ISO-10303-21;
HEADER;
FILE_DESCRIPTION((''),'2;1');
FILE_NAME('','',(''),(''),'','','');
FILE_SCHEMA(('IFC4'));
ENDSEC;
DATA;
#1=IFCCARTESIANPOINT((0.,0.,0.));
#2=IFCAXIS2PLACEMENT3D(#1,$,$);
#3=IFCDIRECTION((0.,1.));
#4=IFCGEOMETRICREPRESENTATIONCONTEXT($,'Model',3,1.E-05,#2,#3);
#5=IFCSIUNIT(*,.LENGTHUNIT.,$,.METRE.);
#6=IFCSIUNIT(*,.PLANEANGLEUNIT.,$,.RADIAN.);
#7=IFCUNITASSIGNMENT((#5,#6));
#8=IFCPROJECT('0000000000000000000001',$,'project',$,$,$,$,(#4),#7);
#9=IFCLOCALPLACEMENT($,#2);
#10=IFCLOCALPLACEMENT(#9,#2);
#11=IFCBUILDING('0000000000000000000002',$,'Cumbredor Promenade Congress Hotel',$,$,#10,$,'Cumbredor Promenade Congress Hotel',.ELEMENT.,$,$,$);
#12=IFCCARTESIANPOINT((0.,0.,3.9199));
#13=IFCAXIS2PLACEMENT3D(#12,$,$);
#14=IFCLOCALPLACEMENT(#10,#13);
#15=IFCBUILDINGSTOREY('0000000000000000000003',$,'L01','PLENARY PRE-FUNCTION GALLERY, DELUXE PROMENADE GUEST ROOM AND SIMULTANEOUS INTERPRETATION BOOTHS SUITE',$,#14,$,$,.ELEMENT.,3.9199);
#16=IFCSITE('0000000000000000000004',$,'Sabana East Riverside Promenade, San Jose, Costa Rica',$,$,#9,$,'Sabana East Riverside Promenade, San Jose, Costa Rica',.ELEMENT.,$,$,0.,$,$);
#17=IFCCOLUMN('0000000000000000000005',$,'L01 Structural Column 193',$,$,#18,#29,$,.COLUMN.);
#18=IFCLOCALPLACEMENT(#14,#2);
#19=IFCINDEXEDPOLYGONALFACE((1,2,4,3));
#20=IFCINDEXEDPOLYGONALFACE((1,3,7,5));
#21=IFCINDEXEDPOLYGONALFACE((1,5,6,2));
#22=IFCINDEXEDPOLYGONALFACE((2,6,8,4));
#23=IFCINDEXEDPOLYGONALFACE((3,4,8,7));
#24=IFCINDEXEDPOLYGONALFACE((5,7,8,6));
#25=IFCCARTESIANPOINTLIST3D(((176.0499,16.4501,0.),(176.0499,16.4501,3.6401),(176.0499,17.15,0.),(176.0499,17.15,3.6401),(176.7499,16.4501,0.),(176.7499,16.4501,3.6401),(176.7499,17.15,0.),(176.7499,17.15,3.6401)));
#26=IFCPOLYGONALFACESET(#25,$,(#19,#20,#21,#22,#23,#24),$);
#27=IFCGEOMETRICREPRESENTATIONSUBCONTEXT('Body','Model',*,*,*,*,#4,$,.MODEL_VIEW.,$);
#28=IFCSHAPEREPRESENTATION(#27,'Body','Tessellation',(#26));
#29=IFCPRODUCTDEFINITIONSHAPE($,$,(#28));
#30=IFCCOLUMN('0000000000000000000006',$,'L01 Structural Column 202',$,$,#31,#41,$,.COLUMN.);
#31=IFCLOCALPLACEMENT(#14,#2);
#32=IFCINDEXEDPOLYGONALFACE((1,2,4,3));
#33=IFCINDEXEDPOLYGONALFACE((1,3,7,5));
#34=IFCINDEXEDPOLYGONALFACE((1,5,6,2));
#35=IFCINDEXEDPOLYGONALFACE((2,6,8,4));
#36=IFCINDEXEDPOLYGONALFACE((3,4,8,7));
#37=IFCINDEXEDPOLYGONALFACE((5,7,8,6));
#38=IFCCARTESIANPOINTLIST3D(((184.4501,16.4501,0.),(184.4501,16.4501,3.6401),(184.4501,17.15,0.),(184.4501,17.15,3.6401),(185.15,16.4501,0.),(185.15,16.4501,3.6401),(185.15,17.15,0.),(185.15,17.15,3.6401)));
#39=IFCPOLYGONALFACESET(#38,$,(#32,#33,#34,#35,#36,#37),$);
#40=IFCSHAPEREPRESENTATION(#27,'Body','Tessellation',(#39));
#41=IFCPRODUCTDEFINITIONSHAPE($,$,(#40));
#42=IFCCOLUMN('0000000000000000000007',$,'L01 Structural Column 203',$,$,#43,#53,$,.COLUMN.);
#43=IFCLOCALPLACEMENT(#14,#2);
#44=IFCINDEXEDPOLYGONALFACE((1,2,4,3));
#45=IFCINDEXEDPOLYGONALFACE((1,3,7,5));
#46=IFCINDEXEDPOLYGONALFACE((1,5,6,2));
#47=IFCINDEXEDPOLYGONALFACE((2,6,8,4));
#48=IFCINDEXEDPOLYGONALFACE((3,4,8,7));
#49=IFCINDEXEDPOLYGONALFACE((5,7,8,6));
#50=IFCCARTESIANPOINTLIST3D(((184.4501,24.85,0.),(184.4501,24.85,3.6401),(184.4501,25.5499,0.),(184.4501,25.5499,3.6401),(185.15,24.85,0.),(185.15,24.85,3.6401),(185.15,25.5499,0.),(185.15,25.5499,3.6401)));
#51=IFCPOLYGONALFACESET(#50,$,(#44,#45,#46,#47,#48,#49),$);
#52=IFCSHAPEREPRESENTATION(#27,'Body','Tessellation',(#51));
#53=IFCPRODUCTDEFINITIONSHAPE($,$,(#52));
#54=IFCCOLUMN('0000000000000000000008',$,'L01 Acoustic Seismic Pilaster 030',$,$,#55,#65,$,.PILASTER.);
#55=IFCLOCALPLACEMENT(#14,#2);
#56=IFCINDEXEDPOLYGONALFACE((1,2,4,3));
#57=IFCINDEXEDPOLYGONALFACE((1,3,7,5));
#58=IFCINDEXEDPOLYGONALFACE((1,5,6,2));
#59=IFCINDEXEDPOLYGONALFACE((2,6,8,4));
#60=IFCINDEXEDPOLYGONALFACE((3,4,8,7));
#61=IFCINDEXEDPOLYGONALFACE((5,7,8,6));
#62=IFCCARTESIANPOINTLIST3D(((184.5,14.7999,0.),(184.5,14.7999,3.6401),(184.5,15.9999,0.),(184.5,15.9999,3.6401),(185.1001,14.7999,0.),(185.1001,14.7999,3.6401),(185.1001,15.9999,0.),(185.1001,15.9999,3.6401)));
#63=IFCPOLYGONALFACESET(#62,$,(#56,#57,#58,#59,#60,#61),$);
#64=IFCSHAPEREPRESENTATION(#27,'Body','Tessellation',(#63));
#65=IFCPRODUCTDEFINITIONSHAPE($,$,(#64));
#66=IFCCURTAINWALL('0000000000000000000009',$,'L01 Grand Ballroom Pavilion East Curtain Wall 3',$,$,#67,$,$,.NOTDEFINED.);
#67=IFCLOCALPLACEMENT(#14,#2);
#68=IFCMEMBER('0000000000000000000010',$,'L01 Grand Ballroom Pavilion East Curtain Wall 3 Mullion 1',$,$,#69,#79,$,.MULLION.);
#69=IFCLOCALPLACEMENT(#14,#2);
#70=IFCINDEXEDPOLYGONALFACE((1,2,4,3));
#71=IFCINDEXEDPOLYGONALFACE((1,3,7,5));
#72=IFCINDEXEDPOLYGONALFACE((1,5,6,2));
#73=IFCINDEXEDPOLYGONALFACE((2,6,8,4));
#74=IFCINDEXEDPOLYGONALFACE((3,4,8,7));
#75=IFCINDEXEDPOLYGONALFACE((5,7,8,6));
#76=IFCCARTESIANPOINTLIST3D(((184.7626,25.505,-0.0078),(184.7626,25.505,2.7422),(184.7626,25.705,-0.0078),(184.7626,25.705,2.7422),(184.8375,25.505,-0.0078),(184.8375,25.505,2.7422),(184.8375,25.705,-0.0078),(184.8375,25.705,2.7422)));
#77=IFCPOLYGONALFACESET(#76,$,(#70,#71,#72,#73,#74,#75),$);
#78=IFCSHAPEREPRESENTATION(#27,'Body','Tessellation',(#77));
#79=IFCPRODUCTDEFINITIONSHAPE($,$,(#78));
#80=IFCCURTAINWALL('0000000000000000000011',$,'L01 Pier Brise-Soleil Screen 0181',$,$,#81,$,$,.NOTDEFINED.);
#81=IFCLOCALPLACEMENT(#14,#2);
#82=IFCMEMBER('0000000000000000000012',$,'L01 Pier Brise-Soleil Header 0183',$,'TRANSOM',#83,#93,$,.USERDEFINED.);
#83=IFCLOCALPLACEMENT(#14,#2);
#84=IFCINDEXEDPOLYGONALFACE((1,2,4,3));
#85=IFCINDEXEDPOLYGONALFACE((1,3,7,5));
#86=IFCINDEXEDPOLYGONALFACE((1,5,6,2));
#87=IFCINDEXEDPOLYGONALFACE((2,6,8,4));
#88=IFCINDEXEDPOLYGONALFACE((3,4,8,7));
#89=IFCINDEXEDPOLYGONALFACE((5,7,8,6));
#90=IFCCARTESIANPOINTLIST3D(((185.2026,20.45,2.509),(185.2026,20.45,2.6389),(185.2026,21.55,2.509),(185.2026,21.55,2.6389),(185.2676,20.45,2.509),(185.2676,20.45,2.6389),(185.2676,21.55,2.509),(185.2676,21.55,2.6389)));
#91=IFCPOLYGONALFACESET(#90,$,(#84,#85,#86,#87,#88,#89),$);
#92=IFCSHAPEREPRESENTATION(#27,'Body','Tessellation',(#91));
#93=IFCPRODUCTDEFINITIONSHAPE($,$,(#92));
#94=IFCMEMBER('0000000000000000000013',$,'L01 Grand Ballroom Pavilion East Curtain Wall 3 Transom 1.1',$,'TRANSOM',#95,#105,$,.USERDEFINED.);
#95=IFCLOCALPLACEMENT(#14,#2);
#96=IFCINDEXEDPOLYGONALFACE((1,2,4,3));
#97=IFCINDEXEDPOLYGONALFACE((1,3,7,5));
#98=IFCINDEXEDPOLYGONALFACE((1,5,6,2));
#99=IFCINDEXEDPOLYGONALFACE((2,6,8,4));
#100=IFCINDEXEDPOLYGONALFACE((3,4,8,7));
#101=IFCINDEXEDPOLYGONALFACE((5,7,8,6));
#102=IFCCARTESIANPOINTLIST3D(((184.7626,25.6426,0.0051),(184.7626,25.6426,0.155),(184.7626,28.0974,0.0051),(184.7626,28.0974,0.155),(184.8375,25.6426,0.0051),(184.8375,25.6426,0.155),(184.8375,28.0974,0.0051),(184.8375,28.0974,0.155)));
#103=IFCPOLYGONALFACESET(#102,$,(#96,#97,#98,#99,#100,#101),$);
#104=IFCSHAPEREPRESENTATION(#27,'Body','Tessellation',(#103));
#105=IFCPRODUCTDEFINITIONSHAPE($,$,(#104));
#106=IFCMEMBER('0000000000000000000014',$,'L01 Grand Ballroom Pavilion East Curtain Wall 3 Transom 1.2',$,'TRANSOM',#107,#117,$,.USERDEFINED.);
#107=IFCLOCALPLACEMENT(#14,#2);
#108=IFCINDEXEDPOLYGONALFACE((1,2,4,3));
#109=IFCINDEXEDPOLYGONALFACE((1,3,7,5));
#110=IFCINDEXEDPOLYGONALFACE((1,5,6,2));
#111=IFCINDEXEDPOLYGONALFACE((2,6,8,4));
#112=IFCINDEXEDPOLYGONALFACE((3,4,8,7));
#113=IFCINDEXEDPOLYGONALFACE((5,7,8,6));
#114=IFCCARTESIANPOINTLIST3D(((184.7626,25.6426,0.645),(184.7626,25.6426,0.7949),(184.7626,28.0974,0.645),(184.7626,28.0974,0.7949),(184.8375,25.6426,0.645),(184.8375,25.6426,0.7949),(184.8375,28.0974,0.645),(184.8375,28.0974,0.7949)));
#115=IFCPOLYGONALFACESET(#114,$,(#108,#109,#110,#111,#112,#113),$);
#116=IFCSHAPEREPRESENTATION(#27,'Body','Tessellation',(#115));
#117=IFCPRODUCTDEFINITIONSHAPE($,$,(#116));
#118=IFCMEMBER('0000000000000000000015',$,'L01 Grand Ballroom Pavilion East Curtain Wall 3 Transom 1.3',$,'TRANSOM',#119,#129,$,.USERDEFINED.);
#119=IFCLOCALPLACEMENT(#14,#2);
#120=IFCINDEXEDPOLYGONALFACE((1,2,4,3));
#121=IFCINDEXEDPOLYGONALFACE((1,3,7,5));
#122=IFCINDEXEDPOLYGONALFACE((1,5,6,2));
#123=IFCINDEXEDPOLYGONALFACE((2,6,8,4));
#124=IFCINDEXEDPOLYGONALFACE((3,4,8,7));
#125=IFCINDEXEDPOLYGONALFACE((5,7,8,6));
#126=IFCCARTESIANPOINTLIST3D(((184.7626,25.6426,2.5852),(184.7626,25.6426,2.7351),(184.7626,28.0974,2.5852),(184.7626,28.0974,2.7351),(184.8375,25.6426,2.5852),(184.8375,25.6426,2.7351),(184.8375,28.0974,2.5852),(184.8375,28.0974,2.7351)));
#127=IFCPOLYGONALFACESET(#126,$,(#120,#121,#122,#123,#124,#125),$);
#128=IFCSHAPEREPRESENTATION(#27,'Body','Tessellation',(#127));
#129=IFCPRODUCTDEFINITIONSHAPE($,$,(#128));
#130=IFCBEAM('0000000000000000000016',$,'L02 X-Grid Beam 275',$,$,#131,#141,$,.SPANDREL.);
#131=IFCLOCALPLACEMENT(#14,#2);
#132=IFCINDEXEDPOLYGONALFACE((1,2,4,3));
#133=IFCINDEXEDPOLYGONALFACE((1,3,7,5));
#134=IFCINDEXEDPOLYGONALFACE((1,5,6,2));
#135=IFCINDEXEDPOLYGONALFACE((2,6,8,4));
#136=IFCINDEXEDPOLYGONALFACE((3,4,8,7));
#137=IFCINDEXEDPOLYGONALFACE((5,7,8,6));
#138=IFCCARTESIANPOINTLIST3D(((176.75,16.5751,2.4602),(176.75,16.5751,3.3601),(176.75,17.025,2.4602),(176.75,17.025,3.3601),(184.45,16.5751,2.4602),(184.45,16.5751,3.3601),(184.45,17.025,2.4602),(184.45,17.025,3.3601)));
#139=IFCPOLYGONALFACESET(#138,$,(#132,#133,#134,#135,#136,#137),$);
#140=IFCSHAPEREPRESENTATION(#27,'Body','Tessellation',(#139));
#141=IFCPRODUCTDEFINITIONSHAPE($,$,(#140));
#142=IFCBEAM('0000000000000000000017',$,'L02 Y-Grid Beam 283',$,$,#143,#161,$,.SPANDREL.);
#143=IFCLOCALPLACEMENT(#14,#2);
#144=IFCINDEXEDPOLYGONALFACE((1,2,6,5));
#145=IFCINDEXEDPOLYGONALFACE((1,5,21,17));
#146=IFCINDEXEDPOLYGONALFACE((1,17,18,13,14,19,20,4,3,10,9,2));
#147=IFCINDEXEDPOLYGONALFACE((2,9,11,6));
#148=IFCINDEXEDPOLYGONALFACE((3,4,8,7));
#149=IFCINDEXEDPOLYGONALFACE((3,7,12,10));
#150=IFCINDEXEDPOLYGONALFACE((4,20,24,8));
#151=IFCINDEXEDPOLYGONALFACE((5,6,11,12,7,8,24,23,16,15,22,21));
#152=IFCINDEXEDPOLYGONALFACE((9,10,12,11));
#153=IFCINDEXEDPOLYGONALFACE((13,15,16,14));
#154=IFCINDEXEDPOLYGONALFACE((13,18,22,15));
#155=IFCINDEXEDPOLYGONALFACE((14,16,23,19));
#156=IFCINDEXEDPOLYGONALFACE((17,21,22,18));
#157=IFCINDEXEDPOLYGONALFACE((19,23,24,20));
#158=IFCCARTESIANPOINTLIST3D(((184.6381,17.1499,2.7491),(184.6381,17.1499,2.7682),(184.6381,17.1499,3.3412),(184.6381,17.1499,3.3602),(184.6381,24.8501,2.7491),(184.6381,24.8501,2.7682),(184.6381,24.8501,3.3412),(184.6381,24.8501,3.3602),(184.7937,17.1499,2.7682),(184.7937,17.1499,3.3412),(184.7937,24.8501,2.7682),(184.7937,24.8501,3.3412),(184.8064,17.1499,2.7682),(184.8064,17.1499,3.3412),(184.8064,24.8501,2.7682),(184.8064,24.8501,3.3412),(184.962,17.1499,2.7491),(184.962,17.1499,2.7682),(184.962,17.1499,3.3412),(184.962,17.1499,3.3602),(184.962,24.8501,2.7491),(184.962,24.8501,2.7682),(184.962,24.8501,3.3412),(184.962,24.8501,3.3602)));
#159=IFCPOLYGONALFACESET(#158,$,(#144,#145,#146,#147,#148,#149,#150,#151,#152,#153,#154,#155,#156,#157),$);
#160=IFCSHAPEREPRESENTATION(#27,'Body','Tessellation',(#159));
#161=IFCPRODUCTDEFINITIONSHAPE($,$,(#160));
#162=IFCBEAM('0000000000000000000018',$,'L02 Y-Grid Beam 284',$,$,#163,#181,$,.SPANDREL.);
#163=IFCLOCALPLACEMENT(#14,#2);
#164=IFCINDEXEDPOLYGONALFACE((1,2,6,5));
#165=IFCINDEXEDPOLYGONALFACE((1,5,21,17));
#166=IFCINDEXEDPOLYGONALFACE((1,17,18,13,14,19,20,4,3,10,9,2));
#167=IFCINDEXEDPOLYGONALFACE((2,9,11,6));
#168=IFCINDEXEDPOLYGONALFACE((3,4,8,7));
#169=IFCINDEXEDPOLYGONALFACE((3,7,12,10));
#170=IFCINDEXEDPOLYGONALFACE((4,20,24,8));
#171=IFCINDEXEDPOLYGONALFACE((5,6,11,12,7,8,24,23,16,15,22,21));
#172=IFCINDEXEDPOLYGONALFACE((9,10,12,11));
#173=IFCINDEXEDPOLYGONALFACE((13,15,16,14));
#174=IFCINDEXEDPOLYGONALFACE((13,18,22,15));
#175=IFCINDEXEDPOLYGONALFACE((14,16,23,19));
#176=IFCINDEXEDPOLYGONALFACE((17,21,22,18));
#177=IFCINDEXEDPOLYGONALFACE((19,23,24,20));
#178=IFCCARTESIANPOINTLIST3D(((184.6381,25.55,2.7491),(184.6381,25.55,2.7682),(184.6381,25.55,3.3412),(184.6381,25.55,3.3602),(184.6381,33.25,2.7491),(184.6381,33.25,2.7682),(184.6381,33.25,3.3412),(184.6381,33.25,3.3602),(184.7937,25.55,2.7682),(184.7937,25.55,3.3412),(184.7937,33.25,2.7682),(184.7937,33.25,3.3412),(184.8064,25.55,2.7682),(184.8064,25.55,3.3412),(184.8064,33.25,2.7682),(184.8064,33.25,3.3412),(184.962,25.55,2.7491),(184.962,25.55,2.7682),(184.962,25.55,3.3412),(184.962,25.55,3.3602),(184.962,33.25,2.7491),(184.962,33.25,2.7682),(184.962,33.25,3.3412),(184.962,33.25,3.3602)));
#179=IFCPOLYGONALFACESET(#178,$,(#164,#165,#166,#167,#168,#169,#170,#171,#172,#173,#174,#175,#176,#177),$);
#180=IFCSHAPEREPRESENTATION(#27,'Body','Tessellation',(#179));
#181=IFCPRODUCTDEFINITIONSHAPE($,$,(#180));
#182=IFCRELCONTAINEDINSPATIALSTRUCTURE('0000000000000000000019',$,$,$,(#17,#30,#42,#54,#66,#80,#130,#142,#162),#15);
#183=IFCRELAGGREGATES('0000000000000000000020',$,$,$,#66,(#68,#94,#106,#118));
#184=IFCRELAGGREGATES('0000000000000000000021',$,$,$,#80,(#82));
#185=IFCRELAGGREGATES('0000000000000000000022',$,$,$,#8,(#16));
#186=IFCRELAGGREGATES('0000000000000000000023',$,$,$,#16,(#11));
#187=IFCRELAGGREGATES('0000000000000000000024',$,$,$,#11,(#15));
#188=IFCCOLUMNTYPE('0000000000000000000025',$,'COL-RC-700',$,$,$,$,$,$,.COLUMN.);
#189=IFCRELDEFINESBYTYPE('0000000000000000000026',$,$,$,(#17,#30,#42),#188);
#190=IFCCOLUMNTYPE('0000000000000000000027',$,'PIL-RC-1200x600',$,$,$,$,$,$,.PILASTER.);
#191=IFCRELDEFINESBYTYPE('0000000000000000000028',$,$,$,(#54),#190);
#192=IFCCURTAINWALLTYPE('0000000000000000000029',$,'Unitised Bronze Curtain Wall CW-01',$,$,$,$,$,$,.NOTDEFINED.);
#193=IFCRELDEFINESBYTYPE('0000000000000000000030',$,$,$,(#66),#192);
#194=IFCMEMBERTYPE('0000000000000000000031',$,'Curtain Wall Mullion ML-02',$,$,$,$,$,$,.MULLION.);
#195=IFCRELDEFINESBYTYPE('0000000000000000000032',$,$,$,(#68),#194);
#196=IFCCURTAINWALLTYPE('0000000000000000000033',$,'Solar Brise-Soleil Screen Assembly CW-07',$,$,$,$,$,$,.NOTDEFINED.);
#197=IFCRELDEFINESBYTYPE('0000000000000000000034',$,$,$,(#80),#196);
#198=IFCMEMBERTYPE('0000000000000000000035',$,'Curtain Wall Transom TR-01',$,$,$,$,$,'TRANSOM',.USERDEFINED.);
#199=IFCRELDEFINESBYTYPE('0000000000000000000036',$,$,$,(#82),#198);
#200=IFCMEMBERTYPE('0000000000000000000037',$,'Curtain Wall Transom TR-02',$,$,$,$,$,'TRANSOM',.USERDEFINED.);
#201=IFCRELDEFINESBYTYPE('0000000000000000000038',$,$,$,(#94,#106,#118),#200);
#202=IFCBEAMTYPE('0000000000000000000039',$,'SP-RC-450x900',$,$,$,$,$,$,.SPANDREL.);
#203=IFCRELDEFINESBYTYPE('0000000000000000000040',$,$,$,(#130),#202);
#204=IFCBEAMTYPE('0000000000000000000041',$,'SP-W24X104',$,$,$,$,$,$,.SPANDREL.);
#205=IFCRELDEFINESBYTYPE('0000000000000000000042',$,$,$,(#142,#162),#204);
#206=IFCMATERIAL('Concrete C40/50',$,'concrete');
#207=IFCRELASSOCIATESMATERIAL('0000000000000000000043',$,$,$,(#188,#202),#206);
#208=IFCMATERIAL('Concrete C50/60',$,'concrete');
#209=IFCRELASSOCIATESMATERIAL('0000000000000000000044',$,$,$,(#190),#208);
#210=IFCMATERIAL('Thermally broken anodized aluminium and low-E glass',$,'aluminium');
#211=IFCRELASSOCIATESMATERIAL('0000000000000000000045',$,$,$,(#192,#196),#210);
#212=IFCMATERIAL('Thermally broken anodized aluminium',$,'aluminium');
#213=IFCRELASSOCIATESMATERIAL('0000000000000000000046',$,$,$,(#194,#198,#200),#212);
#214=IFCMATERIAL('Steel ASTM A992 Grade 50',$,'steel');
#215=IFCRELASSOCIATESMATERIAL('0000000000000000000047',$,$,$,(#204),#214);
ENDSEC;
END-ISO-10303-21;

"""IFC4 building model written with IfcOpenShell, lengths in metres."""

from ifc_helpers import new_model, si_unit, direction, frame, origin, origin_2d, place, context, subcontext, project, spatial, rectangle, i_section, extrude, material, material_profile, profile_set, type_object, element, aggregate, save


model = new_model("IFC4")

# Units and contexts
model_context = context("Model", 3, precision=1e-05, world=origin(), true_north=direction((0.0, 1.0)))
body_context = subcontext(model_context, "Body", "Model", "MODEL_VIEW")
ifc_project = project(units=[si_unit("LENGTHUNIT", "METRE"), si_unit("PLANEANGLEUNIT", "RADIAN")], contexts=[model_context])

# Site, building, storey
site_placement = place(None, origin())
site = spatial("IfcSite", under=ifc_project, at=site_placement, Name="Sabana East Riverside Promenade, San Jose, Costa Rica", LongName="Sabana East Riverside Promenade, San Jose, Costa Rica", CompositionType="ELEMENT", RefElevation=0.0)
building_placement = place(site_placement, origin())
building = spatial("IfcBuilding", under=site, at=building_placement, Name="Cumbredor Promenade Congress Hotel", LongName="Cumbredor Promenade Congress Hotel", CompositionType="ELEMENT")
storey_placement = place(building_placement, frame((0.0, 0.0, 3.9199)))
storey = spatial("IfcBuildingStorey", under=building, at=storey_placement, Name="L01", Description="PLENARY PRE-FUNCTION GALLERY, DELUXE PROMENADE GUEST ROOM AND SIMULTANEOUS INTERPRETATION BOOTHS SUITE", CompositionType="ELEMENT", Elevation=3.9199)

# Columns
ifc_material_1 = material(Name="Concrete C40/50", Category="concrete")
ifc_material_profile_1 = material_profile(ifc_material_1, rectangle(XDim=0.7, YDim=0.7, at=origin_2d()), Name="RC 700x700")
ifc_profile_set_1 = profile_set([ifc_material_profile_1], Name="Concrete C40/50")
column_type_1 = type_object("IfcColumnType", Name="COL-RC-700", PredefinedType="COLUMN", material=ifc_profile_set_1)
for number, where, z_axis, x_axis, name in (
    (1, (176.3999, 16.8, 0.0), (0.0, 0.0, 1.0), (1.0, 0.0, 0.0), "L01 Structural Column 193"),
    (2, (184.8, 16.8, 0.0), (0.0, 0.0, 1.0), (1.0, 0.0, 0.0), "L01 Structural Column 202"),
    (3, (184.8, 25.2, 0.0), (0.0, 0.0, 1.0), (1.0, 0.0, 0.0), "L01 Structural Column 203"),
):
    element("IfcColumn", number, at=place(storey_placement, frame(where, z_axis=z_axis, x_axis=x_axis)), inside=storey, type_object=column_type_1, Name=name, PredefinedType="COLUMN", context=body_context, shape_type="SweptSolid", body=[
        extrude(rectangle(XDim=0.7, YDim=0.7, at=origin_2d()), origin(), (0.0, 0.0, 1.0), 3.6401),
    ])
ifc_material_2 = material(Name="Concrete C50/60", Category="concrete")
ifc_material_profile_2 = material_profile(ifc_material_2, rectangle(XDim=0.6001, YDim=1.2, at=origin_2d()), Name="RC PILASTER 1200x600")
ifc_profile_set_2 = profile_set([ifc_material_profile_2], Name="Concrete C50/60")
column_type_2 = type_object("IfcColumnType", Name="PIL-RC-1200x600", PredefinedType="PILASTER", material=ifc_profile_set_2)
column_placement = place(storey_placement, frame((184.8, 15.3999, 0.0), z_axis=(0.0, 0.0, 1.0), x_axis=(1.0, 0.0, 0.0)))
element("IfcColumn", 4, at=column_placement, inside=storey, type_object=column_type_2, Name="L01 Acoustic Seismic Pilaster 030", PredefinedType="PILASTER", context=body_context, shape_type="SweptSolid", body=[
    extrude(rectangle(XDim=0.6001, YDim=1.2, at=origin_2d()), origin(), (0.0, 0.0, 1.0), 3.6401),
])

# Curtain walls, members
ifc_material_3 = material(Name="Thermally broken anodized aluminium and low-E glass", Category="aluminium")
curtain_wall_type_1 = type_object("IfcCurtainWallType", Name="Unitised Bronze Curtain Wall CW-01", PredefinedType="NOTDEFINED", material=ifc_material_3)
curtain_wall_1_placement = place(storey_placement, origin())
curtain_wall_1 = element("IfcCurtainWall", 5, at=curtain_wall_1_placement, inside=storey, type_object=curtain_wall_type_1, Name="L01 Grand Ballroom Pavilion East Curtain Wall 3", PredefinedType="NOTDEFINED")
ifc_material_4 = material(Name="Thermally broken anodized aluminium", Category="aluminium")
ifc_material_profile_3 = material_profile(ifc_material_4, rectangle(XDim=0.075, YDim=0.2, at=origin_2d()), Name="ALU MULLION 75x200")
ifc_profile_set_3 = profile_set([ifc_material_profile_3], Name="Thermally broken anodized aluminium")
member_type_1 = type_object("IfcMemberType", Name="Curtain Wall Mullion ML-02", PredefinedType="MULLION", material=ifc_profile_set_3)
member_1_placement = place(storey_placement, frame((184.8, 25.605, -0.0078), z_axis=(0.0, 0.0, 1.0), x_axis=(1.0, 0.0, 0.0)))
member_1 = element("IfcMember", 6, at=member_1_placement, type_object=member_type_1, Name="L01 Grand Ballroom Pavilion East Curtain Wall 3 Mullion 1", PredefinedType="MULLION", context=body_context, shape_type="SweptSolid", body=[
    extrude(rectangle(XDim=0.075, YDim=0.2, at=origin_2d()), origin(), (0.0, 0.0, 1.0), 2.75),
])
curtain_wall_type_2 = type_object("IfcCurtainWallType", Name="Solar Brise-Soleil Screen Assembly CW-07", PredefinedType="NOTDEFINED", material=ifc_material_3)
curtain_wall_2_placement = place(storey_placement, origin())
curtain_wall_2 = element("IfcCurtainWall", 7, at=curtain_wall_2_placement, inside=storey, type_object=curtain_wall_type_2, Name="L01 Pier Brise-Soleil Screen 0181", PredefinedType="NOTDEFINED")
ifc_material_profile_4 = material_profile(ifc_material_4, rectangle(XDim=0.0649, YDim=0.1299, at=origin_2d()), Name="ALU TRANSOM 65x130")
ifc_profile_set_4 = profile_set([ifc_material_profile_4], Name="Thermally broken anodized aluminium")
member_type_2 = type_object("IfcMemberType", Name="Curtain Wall Transom TR-01", ElementType="TRANSOM", PredefinedType="USERDEFINED", material=ifc_profile_set_4)
member_2_placement = place(storey_placement, frame((185.2351, 20.45, 2.574), z_axis=(0.0, 1.0, 0.0), x_axis=(-1.0, 0.0, 0.0)))
member_2 = element("IfcMember", 8, at=member_2_placement, type_object=member_type_2, Name="L01 Pier Brise-Soleil Header 0183", ObjectType="TRANSOM", PredefinedType="USERDEFINED", context=body_context, shape_type="SweptSolid", body=[
    extrude(rectangle(XDim=0.0649, YDim=0.1299, at=origin_2d()), origin(), (0.0, 0.0, 1.0), 1.1001),
])

# Members
ifc_material_profile_5 = material_profile(ifc_material_4, rectangle(XDim=0.075, YDim=0.1499, at=origin_2d()), Name="ALU TRANSOM 75x150")
ifc_profile_set_5 = profile_set([ifc_material_profile_5], Name="Thermally broken anodized aluminium")
member_type_3 = type_object("IfcMemberType", Name="Curtain Wall Transom TR-02", ElementType="TRANSOM", PredefinedType="USERDEFINED", material=ifc_profile_set_5)
member_3_placement = place(storey_placement, frame((184.8, 25.6426, 0.0801), z_axis=(0.0, 1.0, 0.0), x_axis=(-1.0, 0.0, 0.0)))
member_3 = element("IfcMember", 9, at=member_3_placement, type_object=member_type_3, Name="L01 Grand Ballroom Pavilion East Curtain Wall 3 Transom 1.1", ObjectType="TRANSOM", PredefinedType="USERDEFINED", context=body_context, shape_type="SweptSolid", body=[
    extrude(rectangle(XDim=0.075, YDim=0.1499, at=origin_2d()), origin(), (0.0, 0.0, 1.0), 2.4548),
])
member_4_placement = place(storey_placement, frame((184.8, 25.6426, 0.72), z_axis=(0.0, 1.0, 0.0), x_axis=(-1.0, 0.0, 0.0)))
member_4 = element("IfcMember", 10, at=member_4_placement, type_object=member_type_3, Name="L01 Grand Ballroom Pavilion East Curtain Wall 3 Transom 1.2", ObjectType="TRANSOM", PredefinedType="USERDEFINED", context=body_context, shape_type="SweptSolid", body=[
    extrude(rectangle(XDim=0.075, YDim=0.1499, at=origin_2d()), origin(), (0.0, 0.0, 1.0), 2.4548),
])
member_5_placement = place(storey_placement, frame((184.8, 25.6426, 2.6602), z_axis=(0.0, 1.0, 0.0), x_axis=(-1.0, 0.0, 0.0)))
member_5 = element("IfcMember", 11, at=member_5_placement, type_object=member_type_3, Name="L01 Grand Ballroom Pavilion East Curtain Wall 3 Transom 1.3", ObjectType="TRANSOM", PredefinedType="USERDEFINED", context=body_context, shape_type="SweptSolid", body=[
    extrude(rectangle(XDim=0.075, YDim=0.1499, at=origin_2d()), origin(), (0.0, 0.0, 1.0), 2.4548),
])
aggregate(curtain_wall_1, [member_1, member_3, member_4, member_5])

# Beams
ifc_material_profile_6 = material_profile(ifc_material_1, rectangle(XDim=0.45, YDim=0.8999, at=origin_2d()), Name="RC SPANDREL 450x900")
ifc_profile_set_6 = profile_set([ifc_material_profile_6], Name="Concrete C40/50")
beam_type_1 = type_object("IfcBeamType", Name="SP-RC-450x900", PredefinedType="SPANDREL", material=ifc_profile_set_6)
beam_1_placement = place(storey_placement, frame((176.75, 16.8, 2.9102), z_axis=(1.0, 0.0, 0.0), x_axis=(0.0, 1.0, 0.0)))
element("IfcBeam", 12, at=beam_1_placement, inside=storey, type_object=beam_type_1, Name="L02 X-Grid Beam 275", PredefinedType="SPANDREL", context=body_context, shape_type="SweptSolid", body=[
    extrude(rectangle(XDim=0.45, YDim=0.8999, at=origin_2d()), origin(), (0.0, 0.0, 1.0), 7.7),
])
ifc_material_5 = material(Name="Steel ASTM A992 Grade 50", Category="steel")
ifc_material_profile_7 = material_profile(ifc_material_5, i_section(OverallWidth=0.324, OverallDepth=0.6111, WebThickness=0.0127, FlangeThickness=0.019, at=origin_2d()), Name="W24X104")
ifc_profile_set_7 = profile_set([ifc_material_profile_7], Name="Steel ASTM A992 Grade 50")
beam_type_2 = type_object("IfcBeamType", Name="SP-W24X104", PredefinedType="SPANDREL", material=ifc_profile_set_7)
beam_2_placement = place(storey_placement, frame((184.8, 17.1499, 3.0547), z_axis=(0.0, 1.0, 0.0), x_axis=(-1.0, 0.0, 0.0)))
element("IfcBeam", 13, at=beam_2_placement, inside=storey, type_object=beam_type_2, Name="L02 Y-Grid Beam 283", PredefinedType="SPANDREL", context=body_context, shape_type="SweptSolid", body=[
    extrude(i_section(OverallWidth=0.324, OverallDepth=0.6111, WebThickness=0.0127, FlangeThickness=0.019, at=origin_2d()), origin(), (0.0, 0.0, 1.0), 7.7002),
])
beam_3_placement = place(storey_placement, frame((184.8, 25.55, 3.0547), z_axis=(0.0, 1.0, 0.0), x_axis=(-1.0, 0.0, 0.0)))
element("IfcBeam", 14, at=beam_3_placement, inside=storey, type_object=beam_type_2, Name="L02 Y-Grid Beam 284", PredefinedType="SPANDREL", context=body_context, shape_type="SweptSolid", body=[
    extrude(i_section(OverallWidth=0.324, OverallDepth=0.6111, WebThickness=0.0127, FlangeThickness=0.019, at=origin_2d()), origin(), (0.0, 0.0, 1.0), 7.7),
])

aggregate(curtain_wall_2, [member_2])

save(model, "model.ifc")
